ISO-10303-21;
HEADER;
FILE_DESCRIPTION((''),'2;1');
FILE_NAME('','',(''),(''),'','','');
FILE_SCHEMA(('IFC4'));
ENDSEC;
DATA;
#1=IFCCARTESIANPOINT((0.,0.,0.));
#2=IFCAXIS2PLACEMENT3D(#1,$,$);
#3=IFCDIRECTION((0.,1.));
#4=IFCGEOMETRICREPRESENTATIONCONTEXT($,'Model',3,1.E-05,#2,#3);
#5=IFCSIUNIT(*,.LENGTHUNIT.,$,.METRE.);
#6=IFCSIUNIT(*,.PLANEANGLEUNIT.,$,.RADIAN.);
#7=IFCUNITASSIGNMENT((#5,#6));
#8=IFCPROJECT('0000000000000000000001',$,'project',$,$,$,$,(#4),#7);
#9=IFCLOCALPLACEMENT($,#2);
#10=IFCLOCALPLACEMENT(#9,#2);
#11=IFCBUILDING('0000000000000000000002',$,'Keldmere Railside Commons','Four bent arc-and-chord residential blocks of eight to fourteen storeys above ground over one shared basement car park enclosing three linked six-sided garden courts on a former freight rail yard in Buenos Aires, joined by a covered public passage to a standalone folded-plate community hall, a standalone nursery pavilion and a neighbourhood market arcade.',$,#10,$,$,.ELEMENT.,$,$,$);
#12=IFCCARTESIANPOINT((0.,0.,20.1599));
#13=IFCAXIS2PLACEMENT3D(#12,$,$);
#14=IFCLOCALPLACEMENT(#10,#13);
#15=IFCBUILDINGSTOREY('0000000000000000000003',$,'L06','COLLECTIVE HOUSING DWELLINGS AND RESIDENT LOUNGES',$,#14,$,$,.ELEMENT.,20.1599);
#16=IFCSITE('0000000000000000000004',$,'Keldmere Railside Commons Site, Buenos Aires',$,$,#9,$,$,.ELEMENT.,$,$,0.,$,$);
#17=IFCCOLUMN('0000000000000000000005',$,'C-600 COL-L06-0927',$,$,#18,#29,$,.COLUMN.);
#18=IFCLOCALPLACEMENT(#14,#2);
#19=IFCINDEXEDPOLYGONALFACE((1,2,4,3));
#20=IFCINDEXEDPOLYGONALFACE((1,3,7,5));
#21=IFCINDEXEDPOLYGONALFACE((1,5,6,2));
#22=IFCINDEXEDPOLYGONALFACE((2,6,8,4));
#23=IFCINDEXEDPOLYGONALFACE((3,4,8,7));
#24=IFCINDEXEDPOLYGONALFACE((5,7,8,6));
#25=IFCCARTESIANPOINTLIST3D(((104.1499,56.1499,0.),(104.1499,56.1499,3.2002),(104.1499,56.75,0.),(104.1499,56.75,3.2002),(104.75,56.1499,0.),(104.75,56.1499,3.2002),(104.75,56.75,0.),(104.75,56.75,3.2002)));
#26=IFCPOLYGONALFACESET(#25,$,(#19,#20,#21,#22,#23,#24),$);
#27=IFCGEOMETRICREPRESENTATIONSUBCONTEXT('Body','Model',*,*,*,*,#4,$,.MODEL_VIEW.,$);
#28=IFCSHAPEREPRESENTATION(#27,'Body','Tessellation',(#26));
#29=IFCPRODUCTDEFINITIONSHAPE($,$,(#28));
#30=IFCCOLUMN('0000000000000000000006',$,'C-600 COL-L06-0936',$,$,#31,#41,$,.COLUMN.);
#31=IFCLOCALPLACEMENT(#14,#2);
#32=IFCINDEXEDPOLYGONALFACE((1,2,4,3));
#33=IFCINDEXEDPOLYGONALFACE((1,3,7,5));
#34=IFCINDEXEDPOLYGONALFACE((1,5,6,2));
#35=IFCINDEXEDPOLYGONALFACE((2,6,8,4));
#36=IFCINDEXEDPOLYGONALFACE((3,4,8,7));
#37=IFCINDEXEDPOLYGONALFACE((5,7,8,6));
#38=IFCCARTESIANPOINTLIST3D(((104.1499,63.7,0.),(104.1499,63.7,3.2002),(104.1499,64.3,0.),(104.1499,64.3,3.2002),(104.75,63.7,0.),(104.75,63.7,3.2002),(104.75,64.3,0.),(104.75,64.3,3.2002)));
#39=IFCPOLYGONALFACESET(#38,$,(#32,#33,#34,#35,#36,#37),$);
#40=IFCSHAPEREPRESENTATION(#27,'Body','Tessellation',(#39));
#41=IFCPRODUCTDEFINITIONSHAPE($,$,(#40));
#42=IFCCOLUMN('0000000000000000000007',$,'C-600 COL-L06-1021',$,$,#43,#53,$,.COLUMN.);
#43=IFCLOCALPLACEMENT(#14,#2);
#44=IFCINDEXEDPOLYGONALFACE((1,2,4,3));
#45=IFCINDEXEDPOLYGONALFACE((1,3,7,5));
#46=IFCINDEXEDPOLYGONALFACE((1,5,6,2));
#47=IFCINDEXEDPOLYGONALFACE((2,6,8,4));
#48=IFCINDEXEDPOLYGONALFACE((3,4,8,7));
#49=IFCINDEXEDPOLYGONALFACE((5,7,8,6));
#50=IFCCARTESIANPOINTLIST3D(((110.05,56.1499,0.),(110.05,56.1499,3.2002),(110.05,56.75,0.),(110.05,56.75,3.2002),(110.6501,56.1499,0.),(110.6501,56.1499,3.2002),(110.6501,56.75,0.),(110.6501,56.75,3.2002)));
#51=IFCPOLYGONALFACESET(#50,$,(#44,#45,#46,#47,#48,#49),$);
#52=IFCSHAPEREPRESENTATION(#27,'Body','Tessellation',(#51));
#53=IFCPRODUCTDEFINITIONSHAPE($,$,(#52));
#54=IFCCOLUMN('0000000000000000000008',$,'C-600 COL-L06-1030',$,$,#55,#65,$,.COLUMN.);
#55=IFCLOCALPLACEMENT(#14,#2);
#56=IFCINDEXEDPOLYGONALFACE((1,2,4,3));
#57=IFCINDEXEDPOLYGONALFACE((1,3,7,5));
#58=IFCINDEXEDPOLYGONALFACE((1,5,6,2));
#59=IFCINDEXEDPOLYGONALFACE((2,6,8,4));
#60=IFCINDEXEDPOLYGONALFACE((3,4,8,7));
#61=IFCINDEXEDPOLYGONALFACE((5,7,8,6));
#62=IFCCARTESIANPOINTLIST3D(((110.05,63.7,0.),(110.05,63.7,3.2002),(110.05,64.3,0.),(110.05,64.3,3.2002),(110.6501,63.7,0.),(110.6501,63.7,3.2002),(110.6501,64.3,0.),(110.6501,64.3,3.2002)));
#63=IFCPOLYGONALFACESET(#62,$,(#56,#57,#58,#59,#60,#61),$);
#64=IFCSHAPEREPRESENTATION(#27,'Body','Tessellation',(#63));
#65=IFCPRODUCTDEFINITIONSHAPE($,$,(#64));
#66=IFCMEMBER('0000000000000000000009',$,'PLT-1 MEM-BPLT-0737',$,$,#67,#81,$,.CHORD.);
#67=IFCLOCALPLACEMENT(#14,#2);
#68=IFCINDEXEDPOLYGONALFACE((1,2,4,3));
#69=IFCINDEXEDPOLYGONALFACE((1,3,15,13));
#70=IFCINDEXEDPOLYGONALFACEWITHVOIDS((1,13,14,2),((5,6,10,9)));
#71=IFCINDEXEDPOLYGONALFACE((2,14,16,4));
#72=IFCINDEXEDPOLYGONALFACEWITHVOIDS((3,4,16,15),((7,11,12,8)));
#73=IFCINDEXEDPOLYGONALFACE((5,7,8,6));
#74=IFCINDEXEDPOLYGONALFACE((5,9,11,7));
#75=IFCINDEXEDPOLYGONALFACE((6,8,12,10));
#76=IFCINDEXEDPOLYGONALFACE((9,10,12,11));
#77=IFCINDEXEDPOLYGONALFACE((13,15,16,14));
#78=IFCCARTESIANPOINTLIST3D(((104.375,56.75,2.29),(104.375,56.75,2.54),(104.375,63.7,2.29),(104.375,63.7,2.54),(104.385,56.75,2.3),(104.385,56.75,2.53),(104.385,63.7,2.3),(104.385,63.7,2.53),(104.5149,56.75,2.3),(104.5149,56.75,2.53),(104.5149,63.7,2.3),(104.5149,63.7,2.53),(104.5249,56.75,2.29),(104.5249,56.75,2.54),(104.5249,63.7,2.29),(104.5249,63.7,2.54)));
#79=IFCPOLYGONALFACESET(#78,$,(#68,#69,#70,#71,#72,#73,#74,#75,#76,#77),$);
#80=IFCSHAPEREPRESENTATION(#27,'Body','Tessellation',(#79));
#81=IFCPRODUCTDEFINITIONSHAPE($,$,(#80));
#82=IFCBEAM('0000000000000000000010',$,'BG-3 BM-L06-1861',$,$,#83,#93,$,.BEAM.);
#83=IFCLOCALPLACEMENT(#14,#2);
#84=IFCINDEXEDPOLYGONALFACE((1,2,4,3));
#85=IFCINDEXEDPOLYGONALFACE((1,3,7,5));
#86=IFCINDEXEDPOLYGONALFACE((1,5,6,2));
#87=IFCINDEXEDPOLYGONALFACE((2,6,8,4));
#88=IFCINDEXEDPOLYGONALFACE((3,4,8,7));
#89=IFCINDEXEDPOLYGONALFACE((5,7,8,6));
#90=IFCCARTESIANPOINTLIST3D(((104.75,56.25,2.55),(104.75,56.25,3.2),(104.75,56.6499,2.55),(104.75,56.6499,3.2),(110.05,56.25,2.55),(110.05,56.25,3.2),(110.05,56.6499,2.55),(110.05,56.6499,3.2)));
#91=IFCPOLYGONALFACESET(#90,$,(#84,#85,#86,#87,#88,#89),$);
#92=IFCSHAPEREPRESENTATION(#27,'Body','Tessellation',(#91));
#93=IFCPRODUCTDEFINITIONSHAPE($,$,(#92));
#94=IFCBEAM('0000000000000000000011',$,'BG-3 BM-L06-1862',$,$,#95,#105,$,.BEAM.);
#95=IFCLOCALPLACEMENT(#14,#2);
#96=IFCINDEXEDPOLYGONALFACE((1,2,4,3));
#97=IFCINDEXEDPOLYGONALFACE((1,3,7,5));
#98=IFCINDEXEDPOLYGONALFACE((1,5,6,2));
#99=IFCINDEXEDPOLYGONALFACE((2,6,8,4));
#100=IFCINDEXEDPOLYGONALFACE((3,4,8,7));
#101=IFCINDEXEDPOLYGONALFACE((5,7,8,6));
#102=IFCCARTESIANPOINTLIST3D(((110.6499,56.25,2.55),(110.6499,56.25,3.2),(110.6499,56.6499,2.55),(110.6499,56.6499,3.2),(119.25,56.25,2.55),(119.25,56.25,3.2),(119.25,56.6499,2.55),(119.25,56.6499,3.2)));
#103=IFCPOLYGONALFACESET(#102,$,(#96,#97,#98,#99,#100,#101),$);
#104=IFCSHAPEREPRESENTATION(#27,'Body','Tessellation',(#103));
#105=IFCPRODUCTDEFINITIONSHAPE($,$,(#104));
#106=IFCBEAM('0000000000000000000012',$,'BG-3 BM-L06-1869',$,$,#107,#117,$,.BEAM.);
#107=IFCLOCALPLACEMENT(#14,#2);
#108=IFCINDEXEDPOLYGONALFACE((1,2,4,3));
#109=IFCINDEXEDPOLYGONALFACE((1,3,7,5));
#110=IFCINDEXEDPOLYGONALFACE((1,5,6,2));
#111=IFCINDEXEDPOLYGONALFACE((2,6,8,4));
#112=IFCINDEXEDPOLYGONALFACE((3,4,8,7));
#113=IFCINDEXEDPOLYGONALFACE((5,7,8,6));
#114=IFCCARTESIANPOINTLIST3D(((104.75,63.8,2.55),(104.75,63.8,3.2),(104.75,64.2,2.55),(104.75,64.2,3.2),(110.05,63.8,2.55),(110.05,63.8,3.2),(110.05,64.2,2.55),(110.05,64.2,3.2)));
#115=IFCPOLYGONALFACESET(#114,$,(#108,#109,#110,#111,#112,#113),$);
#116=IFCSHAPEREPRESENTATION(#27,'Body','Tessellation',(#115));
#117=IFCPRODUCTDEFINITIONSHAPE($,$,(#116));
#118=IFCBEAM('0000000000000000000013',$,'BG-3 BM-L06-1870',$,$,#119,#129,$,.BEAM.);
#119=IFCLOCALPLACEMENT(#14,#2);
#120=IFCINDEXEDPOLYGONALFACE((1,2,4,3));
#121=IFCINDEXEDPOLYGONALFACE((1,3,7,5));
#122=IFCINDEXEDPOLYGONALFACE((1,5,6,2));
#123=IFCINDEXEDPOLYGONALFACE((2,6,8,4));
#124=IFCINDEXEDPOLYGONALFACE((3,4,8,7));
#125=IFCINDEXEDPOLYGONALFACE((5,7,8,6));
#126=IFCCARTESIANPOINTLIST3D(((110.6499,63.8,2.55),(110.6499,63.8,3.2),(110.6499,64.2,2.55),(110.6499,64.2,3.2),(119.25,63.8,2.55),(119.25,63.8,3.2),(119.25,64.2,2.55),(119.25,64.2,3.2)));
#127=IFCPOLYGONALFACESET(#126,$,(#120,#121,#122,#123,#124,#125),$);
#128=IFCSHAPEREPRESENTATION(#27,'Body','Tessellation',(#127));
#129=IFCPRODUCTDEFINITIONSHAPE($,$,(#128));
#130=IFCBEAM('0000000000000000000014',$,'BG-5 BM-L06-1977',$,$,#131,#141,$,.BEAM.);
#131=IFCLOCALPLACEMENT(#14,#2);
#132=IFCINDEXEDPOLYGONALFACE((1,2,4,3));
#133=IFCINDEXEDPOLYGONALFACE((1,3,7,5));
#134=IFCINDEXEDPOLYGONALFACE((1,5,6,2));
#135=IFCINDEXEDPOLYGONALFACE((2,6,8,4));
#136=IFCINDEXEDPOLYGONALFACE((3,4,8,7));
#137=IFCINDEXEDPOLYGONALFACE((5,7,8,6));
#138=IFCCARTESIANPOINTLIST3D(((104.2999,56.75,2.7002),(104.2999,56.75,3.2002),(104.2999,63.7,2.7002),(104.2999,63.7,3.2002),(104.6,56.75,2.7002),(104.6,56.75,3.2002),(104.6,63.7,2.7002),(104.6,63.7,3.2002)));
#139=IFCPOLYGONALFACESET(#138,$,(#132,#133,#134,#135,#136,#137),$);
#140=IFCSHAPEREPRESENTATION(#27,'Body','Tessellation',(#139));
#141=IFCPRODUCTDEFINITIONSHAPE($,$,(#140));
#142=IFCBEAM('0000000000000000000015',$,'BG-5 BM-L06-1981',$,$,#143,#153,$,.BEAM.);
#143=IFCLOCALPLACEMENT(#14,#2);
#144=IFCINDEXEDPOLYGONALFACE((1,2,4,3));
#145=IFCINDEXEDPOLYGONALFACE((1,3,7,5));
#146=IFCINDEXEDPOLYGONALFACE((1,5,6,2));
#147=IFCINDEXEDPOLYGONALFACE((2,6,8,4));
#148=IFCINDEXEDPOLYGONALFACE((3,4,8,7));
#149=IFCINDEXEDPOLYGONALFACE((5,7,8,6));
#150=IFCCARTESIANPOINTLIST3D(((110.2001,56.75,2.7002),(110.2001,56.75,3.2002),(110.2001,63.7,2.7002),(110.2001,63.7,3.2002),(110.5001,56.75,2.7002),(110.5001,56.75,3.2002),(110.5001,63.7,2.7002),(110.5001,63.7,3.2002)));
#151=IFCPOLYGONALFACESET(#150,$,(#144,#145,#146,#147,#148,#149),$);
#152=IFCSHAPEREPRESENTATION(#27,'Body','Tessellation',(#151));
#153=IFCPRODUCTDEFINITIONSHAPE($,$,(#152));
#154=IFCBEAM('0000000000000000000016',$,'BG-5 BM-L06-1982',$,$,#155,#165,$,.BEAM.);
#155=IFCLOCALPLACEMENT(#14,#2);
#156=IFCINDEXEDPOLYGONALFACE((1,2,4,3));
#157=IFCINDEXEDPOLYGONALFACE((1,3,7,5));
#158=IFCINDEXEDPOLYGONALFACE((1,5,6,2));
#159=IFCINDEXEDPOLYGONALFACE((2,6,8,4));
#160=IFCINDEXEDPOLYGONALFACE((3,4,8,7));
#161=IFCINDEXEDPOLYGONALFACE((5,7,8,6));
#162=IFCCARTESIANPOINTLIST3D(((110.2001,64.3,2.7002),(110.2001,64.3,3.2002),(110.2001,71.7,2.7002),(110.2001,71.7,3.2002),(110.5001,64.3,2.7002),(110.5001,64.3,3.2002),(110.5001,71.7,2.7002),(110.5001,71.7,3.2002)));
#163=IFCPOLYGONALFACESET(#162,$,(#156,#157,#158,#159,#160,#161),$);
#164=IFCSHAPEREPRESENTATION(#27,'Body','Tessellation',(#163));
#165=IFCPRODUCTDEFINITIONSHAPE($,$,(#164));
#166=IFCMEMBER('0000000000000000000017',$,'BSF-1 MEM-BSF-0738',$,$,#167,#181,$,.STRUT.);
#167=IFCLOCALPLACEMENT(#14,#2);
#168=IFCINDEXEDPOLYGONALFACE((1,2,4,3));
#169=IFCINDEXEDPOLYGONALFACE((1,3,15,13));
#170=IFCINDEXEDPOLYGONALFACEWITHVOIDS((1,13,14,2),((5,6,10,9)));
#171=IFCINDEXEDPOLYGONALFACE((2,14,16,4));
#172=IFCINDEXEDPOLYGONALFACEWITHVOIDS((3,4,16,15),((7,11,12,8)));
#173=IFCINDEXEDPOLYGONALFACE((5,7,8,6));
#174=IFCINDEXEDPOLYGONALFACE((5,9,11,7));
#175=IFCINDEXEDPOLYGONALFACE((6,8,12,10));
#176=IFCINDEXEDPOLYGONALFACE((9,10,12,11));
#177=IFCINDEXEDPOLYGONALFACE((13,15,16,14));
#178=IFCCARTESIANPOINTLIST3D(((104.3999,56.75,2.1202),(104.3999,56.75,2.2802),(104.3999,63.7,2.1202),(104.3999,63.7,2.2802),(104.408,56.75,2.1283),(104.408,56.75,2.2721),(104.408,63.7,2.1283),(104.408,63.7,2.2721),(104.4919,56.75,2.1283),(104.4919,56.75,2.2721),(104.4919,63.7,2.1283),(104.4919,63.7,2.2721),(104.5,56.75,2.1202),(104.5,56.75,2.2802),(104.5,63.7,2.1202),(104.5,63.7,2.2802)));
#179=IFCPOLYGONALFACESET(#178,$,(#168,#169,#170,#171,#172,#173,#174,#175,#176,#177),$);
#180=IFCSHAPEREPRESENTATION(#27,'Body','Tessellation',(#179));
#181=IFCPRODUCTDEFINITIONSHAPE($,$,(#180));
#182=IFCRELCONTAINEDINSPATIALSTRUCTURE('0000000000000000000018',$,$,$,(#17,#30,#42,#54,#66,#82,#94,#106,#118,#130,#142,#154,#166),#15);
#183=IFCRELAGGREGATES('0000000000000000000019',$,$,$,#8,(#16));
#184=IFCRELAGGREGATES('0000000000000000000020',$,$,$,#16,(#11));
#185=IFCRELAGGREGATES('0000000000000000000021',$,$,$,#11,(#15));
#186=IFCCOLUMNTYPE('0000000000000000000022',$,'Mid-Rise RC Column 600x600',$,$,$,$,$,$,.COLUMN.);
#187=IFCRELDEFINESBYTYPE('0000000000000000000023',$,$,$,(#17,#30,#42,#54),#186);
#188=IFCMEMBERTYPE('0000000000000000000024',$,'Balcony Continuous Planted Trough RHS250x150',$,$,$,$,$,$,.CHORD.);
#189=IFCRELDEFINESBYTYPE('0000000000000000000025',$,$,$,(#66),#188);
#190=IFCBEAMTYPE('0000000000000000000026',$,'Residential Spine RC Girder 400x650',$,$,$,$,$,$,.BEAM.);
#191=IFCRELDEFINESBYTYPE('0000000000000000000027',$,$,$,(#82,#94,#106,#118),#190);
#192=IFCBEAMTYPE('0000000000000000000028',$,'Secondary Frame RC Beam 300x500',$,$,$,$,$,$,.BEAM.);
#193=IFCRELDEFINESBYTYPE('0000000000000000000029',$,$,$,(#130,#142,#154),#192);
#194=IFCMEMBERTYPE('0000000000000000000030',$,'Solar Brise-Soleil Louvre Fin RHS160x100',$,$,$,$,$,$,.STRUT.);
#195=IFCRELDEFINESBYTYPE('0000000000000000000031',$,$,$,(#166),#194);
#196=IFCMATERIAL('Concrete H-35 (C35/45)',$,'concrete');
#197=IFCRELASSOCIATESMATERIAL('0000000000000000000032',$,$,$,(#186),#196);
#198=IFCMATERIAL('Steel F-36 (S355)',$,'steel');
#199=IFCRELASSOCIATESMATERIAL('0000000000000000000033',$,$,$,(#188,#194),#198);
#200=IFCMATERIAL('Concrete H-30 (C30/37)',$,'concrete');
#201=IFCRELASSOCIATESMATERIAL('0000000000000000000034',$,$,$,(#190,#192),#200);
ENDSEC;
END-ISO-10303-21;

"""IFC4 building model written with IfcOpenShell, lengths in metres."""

from ifc_helpers import new_model, si_unit, direction, frame, origin, origin_2d, place, context, subcontext, project, spatial, rectangle, hollow_rectangle, extrude, material, material_profile, profile_set, type_object, element, save


model = new_model("IFC4")

# Units and contexts
model_context = context("Model", 3, precision=1e-05, world=origin(), true_north=direction((0.0, 1.0)))
body_context = subcontext(model_context, "Body", "Model", "MODEL_VIEW")
ifc_project = project(units=[si_unit("LENGTHUNIT", "METRE"), si_unit("PLANEANGLEUNIT", "RADIAN")], contexts=[model_context])

# Site, building, storey
site_placement = place(None, origin())
site = spatial("IfcSite", under=ifc_project, at=site_placement, Name="Keldmere Railside Commons Site, Buenos Aires", CompositionType="ELEMENT", RefElevation=0.0)
building_placement = place(site_placement, origin())
building = spatial("IfcBuilding", under=site, at=building_placement, Name="Keldmere Railside Commons", Description="Four bent arc-and-chord residential blocks of eight to fourteen storeys above ground over one shared basement car park enclosing three linked six-sided garden courts on a former freight rail yard in Buenos Aires, joined by a covered public passage to a standalone folded-plate community hall, a standalone nursery pavilion and a neighbourhood market arcade.", CompositionType="ELEMENT")
storey_placement = place(building_placement, frame((0.0, 0.0, 20.1599)))
storey = spatial("IfcBuildingStorey", under=building, at=storey_placement, Name="L06", Description="COLLECTIVE HOUSING DWELLINGS AND RESIDENT LOUNGES", CompositionType="ELEMENT", Elevation=20.1599)

# Columns
ifc_material_1 = material(Name="Concrete H-35 (C35/45)", Category="concrete")
ifc_material_profile_1 = material_profile(ifc_material_1, rectangle(XDim=0.6001, YDim=0.6001, at=origin_2d()), Name="RC-600x600")
ifc_profile_set_1 = profile_set([ifc_material_profile_1], Name="Concrete H-35 (C35/45)")
column_type = type_object("IfcColumnType", Name="Mid-Rise RC Column 600x600", PredefinedType="COLUMN", material=ifc_profile_set_1)
for number, where, z_axis, x_axis, name in (
    (1, (104.45, 56.45, 0.0), (0.0, 0.0, 1.0), (1.0, 0.0, 0.0), "C-600 COL-L06-0927"),
    (2, (104.45, 64.0, 0.0), (0.0, 0.0, 1.0), (1.0, 0.0, 0.0), "C-600 COL-L06-0936"),
    (3, (110.3501, 56.45, 0.0), (0.0, 0.0, 1.0), (1.0, 0.0, 0.0), "C-600 COL-L06-1021"),
    (4, (110.3501, 64.0, 0.0), (0.0, 0.0, 1.0), (1.0, 0.0, 0.0), "C-600 COL-L06-1030"),
):
    element("IfcColumn", number, at=place(storey_placement, frame(where, z_axis=z_axis, x_axis=x_axis)), inside=storey, type_object=column_type, Name=name, PredefinedType="COLUMN", context=body_context, shape_type="SweptSolid", body=[
        extrude(rectangle(XDim=0.6001, YDim=0.6001, at=origin_2d()), origin(), (0.0, 0.0, 1.0), 3.2002),
    ])

# Member
ifc_material_2 = material(Name="Steel F-36 (S355)", Category="steel")
ifc_material_profile_2 = material_profile(ifc_material_2, hollow_rectangle(XDim=0.1499, YDim=0.25, WallThickness=0.01, at=origin_2d()), Name="RHS-250x150x10")
ifc_profile_set_2 = profile_set([ifc_material_profile_2], Name="Steel F-36 (S355)")
member_type_1 = type_object("IfcMemberType", Name="Balcony Continuous Planted Trough RHS250x150", PredefinedType="CHORD", material=ifc_profile_set_2)
member_1_placement = place(storey_placement, frame((104.45, 56.75, 2.415), z_axis=(0.0, 1.0, 0.0), x_axis=(-1.0, 0.0, 0.0)))
element("IfcMember", 5, at=member_1_placement, inside=storey, type_object=member_type_1, Name="PLT-1 MEM-BPLT-0737", PredefinedType="CHORD", context=body_context, shape_type="SweptSolid", body=[
    extrude(hollow_rectangle(XDim=0.1499, YDim=0.25, WallThickness=0.01, at=origin_2d()), origin(), (0.0, 0.0, 1.0), 6.95),
])

# Beams
ifc_material_3 = material(Name="Concrete H-30 (C30/37)", Category="concrete")
ifc_material_profile_3 = material_profile(ifc_material_3, rectangle(XDim=0.3999, YDim=0.6499, at=origin_2d()), Name="RC-400x650")
ifc_profile_set_3 = profile_set([ifc_material_profile_3], Name="Concrete H-30 (C30/37)")
beam_type_1 = type_object("IfcBeamType", Name="Residential Spine RC Girder 400x650", PredefinedType="BEAM", material=ifc_profile_set_3)
beam_1_placement = place(storey_placement, frame((104.75, 56.45, 2.875), z_axis=(1.0, 0.0, 0.0), x_axis=(0.0, 1.0, 0.0)))
element("IfcBeam", 6, at=beam_1_placement, inside=storey, type_object=beam_type_1, Name="BG-3 BM-L06-1861", PredefinedType="BEAM", context=body_context, shape_type="SweptSolid", body=[
    extrude(rectangle(XDim=0.3999, YDim=0.6499, at=origin_2d()), origin(), (0.0, 0.0, 1.0), 5.3),
])
beam_2_placement = place(storey_placement, frame((110.6499, 56.45, 2.875), z_axis=(1.0, 0.0, 0.0), x_axis=(0.0, 1.0, 0.0)))
element("IfcBeam", 7, at=beam_2_placement, inside=storey, type_object=beam_type_1, Name="BG-3 BM-L06-1862", PredefinedType="BEAM", context=body_context, shape_type="SweptSolid", body=[
    extrude(rectangle(XDim=0.3999, YDim=0.6499, at=origin_2d()), origin(), (0.0, 0.0, 1.0), 8.6001),
])
beam_3_placement = place(storey_placement, frame((104.75, 64.0, 2.875), z_axis=(1.0, 0.0, 0.0), x_axis=(0.0, 1.0, 0.0)))
element("IfcBeam", 8, at=beam_3_placement, inside=storey, type_object=beam_type_1, Name="BG-3 BM-L06-1869", PredefinedType="BEAM", context=body_context, shape_type="SweptSolid", body=[
    extrude(rectangle(XDim=0.3999, YDim=0.6499, at=origin_2d()), origin(), (0.0, 0.0, 1.0), 5.3),
])
beam_4_placement = place(storey_placement, frame((110.6499, 64.0, 2.875), z_axis=(1.0, 0.0, 0.0), x_axis=(0.0, 1.0, 0.0)))
element("IfcBeam", 9, at=beam_4_placement, inside=storey, type_object=beam_type_1, Name="BG-3 BM-L06-1870", PredefinedType="BEAM", context=body_context, shape_type="SweptSolid", body=[
    extrude(rectangle(XDim=0.3999, YDim=0.6499, at=origin_2d()), origin(), (0.0, 0.0, 1.0), 8.6001),
])
ifc_material_profile_4 = material_profile(ifc_material_3, rectangle(XDim=0.3, YDim=0.5, at=origin_2d()), Name="RC-300x500")
ifc_profile_set_4 = profile_set([ifc_material_profile_4], Name="Concrete H-30 (C30/37)")
beam_type_2 = type_object("IfcBeamType", Name="Secondary Frame RC Beam 300x500", PredefinedType="BEAM", material=ifc_profile_set_4)
for number, where, z_axis, x_axis, name in (
    (10, (104.45, 56.75, 2.9502), (0.0, 1.0, 0.0), (-1.0, 0.0, 0.0), "BG-5 BM-L06-1977"),
    (11, (110.3501, 56.75, 2.9502), (0.0, 1.0, 0.0), (-1.0, 0.0, 0.0), "BG-5 BM-L06-1981"),
):
    element("IfcBeam", number, at=place(storey_placement, frame(where, z_axis=z_axis, x_axis=x_axis)), inside=storey, type_object=beam_type_2, Name=name, PredefinedType="BEAM", context=body_context, shape_type="SweptSolid", body=[
        extrude(rectangle(XDim=0.3, YDim=0.5, at=origin_2d()), origin(), (0.0, 0.0, 1.0), 6.95),
    ])
beam_5_placement = place(storey_placement, frame((110.3501, 64.3, 2.9502), z_axis=(0.0, 1.0, 0.0), x_axis=(-1.0, 0.0, 0.0)))
element("IfcBeam", 12, at=beam_5_placement, inside=storey, type_object=beam_type_2, Name="BG-5 BM-L06-1982", PredefinedType="BEAM", context=body_context, shape_type="SweptSolid", body=[
    extrude(rectangle(XDim=0.3, YDim=0.5, at=origin_2d()), origin(), (0.0, 0.0, 1.0), 7.3999),
])

# Member
ifc_material_profile_5 = material_profile(ifc_material_2, hollow_rectangle(XDim=0.1001, YDim=0.1599, WallThickness=0.0081, at=origin_2d()), Name="RHS-160x100x8")
ifc_profile_set_5 = profile_set([ifc_material_profile_5], Name="Steel F-36 (S355)")
member_type_2 = type_object("IfcMemberType", Name="Solar Brise-Soleil Louvre Fin RHS160x100", PredefinedType="STRUT", material=ifc_profile_set_5)
member_2_placement = place(storey_placement, frame((104.45, 56.75, 2.2002), z_axis=(0.0, 1.0, 0.0), x_axis=(-1.0, 0.0, 0.0)))
element("IfcMember", 13, at=member_2_placement, inside=storey, type_object=member_type_2, Name="BSF-1 MEM-BSF-0738", PredefinedType="STRUT", context=body_context, shape_type="SweptSolid", body=[
    extrude(hollow_rectangle(XDim=0.1001, YDim=0.1599, WallThickness=0.0081, at=origin_2d()), origin(), (0.0, 0.0, 1.0), 6.95),
])

save(model, "model.ifc")
